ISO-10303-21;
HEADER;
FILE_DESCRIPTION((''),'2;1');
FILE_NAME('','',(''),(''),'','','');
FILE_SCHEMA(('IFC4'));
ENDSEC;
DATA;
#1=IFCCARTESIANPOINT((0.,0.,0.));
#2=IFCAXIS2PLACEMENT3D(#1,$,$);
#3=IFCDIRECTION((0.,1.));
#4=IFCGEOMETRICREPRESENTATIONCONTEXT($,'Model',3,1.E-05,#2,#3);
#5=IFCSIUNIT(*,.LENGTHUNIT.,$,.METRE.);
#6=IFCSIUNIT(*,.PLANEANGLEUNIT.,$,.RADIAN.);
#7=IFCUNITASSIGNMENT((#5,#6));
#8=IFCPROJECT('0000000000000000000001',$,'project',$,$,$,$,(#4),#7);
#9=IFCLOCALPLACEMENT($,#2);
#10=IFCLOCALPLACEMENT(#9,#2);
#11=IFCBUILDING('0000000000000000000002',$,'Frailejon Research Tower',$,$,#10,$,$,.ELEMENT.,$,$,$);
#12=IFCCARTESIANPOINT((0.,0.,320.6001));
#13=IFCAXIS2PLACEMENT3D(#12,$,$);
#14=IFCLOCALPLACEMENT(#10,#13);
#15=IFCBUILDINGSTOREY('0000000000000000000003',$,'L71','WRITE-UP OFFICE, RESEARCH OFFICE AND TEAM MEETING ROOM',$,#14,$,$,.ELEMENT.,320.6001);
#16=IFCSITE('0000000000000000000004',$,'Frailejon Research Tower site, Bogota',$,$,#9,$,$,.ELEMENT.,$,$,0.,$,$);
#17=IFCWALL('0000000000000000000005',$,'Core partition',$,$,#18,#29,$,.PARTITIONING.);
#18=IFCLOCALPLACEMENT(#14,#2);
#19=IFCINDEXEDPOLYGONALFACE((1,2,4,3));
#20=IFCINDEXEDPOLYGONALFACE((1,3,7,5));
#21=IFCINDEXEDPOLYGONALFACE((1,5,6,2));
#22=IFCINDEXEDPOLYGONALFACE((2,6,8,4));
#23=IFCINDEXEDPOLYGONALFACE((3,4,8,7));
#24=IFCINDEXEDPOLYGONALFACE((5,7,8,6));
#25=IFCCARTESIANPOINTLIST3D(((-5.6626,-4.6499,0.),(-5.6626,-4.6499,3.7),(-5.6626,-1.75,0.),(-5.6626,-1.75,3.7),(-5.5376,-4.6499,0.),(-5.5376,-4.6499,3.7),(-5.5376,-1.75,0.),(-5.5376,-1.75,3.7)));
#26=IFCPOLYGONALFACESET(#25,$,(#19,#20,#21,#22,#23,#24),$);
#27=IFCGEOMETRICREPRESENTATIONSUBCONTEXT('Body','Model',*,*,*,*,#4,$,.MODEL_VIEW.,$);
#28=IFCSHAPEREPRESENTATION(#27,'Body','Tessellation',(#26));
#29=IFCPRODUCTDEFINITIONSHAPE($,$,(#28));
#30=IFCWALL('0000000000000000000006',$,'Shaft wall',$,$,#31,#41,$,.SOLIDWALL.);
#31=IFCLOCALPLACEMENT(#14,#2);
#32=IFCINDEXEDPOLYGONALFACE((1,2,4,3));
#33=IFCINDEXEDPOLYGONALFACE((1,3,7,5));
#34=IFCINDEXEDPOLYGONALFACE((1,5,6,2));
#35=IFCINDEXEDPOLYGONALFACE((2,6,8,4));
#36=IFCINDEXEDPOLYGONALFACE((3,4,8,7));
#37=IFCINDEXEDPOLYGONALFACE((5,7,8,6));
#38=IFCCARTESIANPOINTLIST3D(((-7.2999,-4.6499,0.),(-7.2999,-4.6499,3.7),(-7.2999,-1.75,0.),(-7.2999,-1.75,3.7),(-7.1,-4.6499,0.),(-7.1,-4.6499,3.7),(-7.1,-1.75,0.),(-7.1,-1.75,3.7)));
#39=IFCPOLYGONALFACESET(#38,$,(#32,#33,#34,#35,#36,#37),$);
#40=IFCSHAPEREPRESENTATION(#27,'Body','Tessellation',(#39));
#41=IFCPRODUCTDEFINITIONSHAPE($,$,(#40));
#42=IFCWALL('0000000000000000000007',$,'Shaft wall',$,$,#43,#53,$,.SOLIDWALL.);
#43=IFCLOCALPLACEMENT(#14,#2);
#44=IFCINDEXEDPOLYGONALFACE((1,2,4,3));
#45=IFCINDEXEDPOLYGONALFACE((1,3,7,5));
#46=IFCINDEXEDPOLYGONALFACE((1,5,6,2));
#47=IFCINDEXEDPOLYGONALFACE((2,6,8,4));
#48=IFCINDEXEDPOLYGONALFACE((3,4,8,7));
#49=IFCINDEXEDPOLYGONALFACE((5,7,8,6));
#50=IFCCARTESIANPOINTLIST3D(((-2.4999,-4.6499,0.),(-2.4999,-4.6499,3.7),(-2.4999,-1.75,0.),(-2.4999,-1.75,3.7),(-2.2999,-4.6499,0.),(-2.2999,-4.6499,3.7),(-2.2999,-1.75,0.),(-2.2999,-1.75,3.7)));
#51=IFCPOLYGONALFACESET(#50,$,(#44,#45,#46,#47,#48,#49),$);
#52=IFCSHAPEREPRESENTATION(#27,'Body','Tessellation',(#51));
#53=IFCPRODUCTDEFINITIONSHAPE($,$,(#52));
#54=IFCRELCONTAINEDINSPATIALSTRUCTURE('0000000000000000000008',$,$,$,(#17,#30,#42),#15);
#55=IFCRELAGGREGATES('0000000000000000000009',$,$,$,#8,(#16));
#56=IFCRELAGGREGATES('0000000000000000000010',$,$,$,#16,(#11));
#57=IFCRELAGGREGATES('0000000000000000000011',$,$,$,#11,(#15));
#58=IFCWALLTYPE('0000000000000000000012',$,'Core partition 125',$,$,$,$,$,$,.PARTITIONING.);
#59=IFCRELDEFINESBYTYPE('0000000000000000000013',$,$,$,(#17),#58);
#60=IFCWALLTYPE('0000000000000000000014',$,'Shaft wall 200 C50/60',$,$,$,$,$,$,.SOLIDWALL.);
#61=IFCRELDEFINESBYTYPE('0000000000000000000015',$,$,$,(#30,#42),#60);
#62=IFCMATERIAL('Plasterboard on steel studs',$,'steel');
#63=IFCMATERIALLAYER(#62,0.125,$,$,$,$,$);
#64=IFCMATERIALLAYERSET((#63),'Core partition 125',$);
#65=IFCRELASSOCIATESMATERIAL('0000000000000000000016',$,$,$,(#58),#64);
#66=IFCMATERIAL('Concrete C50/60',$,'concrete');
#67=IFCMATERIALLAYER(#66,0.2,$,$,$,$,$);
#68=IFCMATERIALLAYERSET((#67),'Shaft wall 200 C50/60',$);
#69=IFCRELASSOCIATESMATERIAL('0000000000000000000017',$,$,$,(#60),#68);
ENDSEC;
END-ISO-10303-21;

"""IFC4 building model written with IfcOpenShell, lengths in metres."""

from ifc_helpers import new_model, si_unit, direction, frame, frame_2d, origin, place, context, subcontext, project, spatial, rectangle, extrude, material, layer, layer_set, type_object, element, save


model = new_model("IFC4")

# Units and contexts
model_context = context("Model", 3, precision=1e-05, world=origin(), true_north=direction((0.0, 1.0)))
body_context = subcontext(model_context, "Body", "Model", "MODEL_VIEW")
ifc_project = project(units=[si_unit("LENGTHUNIT", "METRE"), si_unit("PLANEANGLEUNIT", "RADIAN")], contexts=[model_context])

# Site, building, storey
site_placement = place(None, origin())
site = spatial("IfcSite", under=ifc_project, at=site_placement, Name="Frailejon Research Tower site, Bogota", CompositionType="ELEMENT", RefElevation=0.0)
building_placement = place(site_placement, origin())
building = spatial("IfcBuilding", under=site, at=building_placement, Name="Frailejon Research Tower", CompositionType="ELEMENT")
storey_placement = place(building_placement, frame((0.0, 0.0, 320.6001)))
storey = spatial("IfcBuildingStorey", under=building, at=storey_placement, Name="L71", Description="WRITE-UP OFFICE, RESEARCH OFFICE AND TEAM MEETING ROOM", CompositionType="ELEMENT", Elevation=320.6001)

# Walls
ifc_material_1 = material(Name="Plasterboard on steel studs", Category="steel")
ifc_layer_1 = layer(ifc_material_1, 0.125)
ifc_layer_set_1 = layer_set([ifc_layer_1], Name="Core partition 125")
wall_type_1 = type_object("IfcWallType", Name="Core partition 125", PredefinedType="PARTITIONING", material=ifc_layer_set_1)
wall_1_placement = place(storey_placement, frame((-5.6001, -4.6499, 0.0), z_axis=(0.0, 0.0, 1.0), x_axis=(0.0, 1.0, 0.0)))
element("IfcWall", 1, at=wall_1_placement, inside=storey, type_object=wall_type_1, Name="Core partition", PredefinedType="PARTITIONING", context=body_context, shape_type="SweptSolid", body=[
    extrude(rectangle(XDim=2.8999, YDim=0.125, at=frame_2d((1.45, 0.0))), origin(), (0.0, 0.0, 1.0), 3.7),
])
ifc_material_2 = material(Name="Concrete C50/60", Category="concrete")
ifc_layer_2 = layer(ifc_material_2, 0.2)
ifc_layer_set_2 = layer_set([ifc_layer_2], Name="Shaft wall 200 C50/60")
wall_type_2 = type_object("IfcWallType", Name="Shaft wall 200 C50/60", PredefinedType="SOLIDWALL", material=ifc_layer_set_2)
for number, where, z_axis, x_axis, name in (
    (2, (-7.2, -4.6499, 0.0), (0.0, 0.0, 1.0), (0.0, 1.0, 0.0), "Shaft wall"),
    (3, (-2.3999, -4.6499, 0.0), (0.0, 0.0, 1.0), (0.0, 1.0, 0.0), "Shaft wall"),
):
    element("IfcWall", number, at=place(storey_placement, frame(where, z_axis=z_axis, x_axis=x_axis)), inside=storey, type_object=wall_type_2, Name=name, PredefinedType="SOLIDWALL", context=body_context, shape_type="SweptSolid", body=[
        extrude(rectangle(XDim=2.8999, YDim=0.2, at=frame_2d((1.45, 0.0))), origin(), (0.0, 0.0, 1.0), 3.7),
    ])

save(model, "model.ifc")
